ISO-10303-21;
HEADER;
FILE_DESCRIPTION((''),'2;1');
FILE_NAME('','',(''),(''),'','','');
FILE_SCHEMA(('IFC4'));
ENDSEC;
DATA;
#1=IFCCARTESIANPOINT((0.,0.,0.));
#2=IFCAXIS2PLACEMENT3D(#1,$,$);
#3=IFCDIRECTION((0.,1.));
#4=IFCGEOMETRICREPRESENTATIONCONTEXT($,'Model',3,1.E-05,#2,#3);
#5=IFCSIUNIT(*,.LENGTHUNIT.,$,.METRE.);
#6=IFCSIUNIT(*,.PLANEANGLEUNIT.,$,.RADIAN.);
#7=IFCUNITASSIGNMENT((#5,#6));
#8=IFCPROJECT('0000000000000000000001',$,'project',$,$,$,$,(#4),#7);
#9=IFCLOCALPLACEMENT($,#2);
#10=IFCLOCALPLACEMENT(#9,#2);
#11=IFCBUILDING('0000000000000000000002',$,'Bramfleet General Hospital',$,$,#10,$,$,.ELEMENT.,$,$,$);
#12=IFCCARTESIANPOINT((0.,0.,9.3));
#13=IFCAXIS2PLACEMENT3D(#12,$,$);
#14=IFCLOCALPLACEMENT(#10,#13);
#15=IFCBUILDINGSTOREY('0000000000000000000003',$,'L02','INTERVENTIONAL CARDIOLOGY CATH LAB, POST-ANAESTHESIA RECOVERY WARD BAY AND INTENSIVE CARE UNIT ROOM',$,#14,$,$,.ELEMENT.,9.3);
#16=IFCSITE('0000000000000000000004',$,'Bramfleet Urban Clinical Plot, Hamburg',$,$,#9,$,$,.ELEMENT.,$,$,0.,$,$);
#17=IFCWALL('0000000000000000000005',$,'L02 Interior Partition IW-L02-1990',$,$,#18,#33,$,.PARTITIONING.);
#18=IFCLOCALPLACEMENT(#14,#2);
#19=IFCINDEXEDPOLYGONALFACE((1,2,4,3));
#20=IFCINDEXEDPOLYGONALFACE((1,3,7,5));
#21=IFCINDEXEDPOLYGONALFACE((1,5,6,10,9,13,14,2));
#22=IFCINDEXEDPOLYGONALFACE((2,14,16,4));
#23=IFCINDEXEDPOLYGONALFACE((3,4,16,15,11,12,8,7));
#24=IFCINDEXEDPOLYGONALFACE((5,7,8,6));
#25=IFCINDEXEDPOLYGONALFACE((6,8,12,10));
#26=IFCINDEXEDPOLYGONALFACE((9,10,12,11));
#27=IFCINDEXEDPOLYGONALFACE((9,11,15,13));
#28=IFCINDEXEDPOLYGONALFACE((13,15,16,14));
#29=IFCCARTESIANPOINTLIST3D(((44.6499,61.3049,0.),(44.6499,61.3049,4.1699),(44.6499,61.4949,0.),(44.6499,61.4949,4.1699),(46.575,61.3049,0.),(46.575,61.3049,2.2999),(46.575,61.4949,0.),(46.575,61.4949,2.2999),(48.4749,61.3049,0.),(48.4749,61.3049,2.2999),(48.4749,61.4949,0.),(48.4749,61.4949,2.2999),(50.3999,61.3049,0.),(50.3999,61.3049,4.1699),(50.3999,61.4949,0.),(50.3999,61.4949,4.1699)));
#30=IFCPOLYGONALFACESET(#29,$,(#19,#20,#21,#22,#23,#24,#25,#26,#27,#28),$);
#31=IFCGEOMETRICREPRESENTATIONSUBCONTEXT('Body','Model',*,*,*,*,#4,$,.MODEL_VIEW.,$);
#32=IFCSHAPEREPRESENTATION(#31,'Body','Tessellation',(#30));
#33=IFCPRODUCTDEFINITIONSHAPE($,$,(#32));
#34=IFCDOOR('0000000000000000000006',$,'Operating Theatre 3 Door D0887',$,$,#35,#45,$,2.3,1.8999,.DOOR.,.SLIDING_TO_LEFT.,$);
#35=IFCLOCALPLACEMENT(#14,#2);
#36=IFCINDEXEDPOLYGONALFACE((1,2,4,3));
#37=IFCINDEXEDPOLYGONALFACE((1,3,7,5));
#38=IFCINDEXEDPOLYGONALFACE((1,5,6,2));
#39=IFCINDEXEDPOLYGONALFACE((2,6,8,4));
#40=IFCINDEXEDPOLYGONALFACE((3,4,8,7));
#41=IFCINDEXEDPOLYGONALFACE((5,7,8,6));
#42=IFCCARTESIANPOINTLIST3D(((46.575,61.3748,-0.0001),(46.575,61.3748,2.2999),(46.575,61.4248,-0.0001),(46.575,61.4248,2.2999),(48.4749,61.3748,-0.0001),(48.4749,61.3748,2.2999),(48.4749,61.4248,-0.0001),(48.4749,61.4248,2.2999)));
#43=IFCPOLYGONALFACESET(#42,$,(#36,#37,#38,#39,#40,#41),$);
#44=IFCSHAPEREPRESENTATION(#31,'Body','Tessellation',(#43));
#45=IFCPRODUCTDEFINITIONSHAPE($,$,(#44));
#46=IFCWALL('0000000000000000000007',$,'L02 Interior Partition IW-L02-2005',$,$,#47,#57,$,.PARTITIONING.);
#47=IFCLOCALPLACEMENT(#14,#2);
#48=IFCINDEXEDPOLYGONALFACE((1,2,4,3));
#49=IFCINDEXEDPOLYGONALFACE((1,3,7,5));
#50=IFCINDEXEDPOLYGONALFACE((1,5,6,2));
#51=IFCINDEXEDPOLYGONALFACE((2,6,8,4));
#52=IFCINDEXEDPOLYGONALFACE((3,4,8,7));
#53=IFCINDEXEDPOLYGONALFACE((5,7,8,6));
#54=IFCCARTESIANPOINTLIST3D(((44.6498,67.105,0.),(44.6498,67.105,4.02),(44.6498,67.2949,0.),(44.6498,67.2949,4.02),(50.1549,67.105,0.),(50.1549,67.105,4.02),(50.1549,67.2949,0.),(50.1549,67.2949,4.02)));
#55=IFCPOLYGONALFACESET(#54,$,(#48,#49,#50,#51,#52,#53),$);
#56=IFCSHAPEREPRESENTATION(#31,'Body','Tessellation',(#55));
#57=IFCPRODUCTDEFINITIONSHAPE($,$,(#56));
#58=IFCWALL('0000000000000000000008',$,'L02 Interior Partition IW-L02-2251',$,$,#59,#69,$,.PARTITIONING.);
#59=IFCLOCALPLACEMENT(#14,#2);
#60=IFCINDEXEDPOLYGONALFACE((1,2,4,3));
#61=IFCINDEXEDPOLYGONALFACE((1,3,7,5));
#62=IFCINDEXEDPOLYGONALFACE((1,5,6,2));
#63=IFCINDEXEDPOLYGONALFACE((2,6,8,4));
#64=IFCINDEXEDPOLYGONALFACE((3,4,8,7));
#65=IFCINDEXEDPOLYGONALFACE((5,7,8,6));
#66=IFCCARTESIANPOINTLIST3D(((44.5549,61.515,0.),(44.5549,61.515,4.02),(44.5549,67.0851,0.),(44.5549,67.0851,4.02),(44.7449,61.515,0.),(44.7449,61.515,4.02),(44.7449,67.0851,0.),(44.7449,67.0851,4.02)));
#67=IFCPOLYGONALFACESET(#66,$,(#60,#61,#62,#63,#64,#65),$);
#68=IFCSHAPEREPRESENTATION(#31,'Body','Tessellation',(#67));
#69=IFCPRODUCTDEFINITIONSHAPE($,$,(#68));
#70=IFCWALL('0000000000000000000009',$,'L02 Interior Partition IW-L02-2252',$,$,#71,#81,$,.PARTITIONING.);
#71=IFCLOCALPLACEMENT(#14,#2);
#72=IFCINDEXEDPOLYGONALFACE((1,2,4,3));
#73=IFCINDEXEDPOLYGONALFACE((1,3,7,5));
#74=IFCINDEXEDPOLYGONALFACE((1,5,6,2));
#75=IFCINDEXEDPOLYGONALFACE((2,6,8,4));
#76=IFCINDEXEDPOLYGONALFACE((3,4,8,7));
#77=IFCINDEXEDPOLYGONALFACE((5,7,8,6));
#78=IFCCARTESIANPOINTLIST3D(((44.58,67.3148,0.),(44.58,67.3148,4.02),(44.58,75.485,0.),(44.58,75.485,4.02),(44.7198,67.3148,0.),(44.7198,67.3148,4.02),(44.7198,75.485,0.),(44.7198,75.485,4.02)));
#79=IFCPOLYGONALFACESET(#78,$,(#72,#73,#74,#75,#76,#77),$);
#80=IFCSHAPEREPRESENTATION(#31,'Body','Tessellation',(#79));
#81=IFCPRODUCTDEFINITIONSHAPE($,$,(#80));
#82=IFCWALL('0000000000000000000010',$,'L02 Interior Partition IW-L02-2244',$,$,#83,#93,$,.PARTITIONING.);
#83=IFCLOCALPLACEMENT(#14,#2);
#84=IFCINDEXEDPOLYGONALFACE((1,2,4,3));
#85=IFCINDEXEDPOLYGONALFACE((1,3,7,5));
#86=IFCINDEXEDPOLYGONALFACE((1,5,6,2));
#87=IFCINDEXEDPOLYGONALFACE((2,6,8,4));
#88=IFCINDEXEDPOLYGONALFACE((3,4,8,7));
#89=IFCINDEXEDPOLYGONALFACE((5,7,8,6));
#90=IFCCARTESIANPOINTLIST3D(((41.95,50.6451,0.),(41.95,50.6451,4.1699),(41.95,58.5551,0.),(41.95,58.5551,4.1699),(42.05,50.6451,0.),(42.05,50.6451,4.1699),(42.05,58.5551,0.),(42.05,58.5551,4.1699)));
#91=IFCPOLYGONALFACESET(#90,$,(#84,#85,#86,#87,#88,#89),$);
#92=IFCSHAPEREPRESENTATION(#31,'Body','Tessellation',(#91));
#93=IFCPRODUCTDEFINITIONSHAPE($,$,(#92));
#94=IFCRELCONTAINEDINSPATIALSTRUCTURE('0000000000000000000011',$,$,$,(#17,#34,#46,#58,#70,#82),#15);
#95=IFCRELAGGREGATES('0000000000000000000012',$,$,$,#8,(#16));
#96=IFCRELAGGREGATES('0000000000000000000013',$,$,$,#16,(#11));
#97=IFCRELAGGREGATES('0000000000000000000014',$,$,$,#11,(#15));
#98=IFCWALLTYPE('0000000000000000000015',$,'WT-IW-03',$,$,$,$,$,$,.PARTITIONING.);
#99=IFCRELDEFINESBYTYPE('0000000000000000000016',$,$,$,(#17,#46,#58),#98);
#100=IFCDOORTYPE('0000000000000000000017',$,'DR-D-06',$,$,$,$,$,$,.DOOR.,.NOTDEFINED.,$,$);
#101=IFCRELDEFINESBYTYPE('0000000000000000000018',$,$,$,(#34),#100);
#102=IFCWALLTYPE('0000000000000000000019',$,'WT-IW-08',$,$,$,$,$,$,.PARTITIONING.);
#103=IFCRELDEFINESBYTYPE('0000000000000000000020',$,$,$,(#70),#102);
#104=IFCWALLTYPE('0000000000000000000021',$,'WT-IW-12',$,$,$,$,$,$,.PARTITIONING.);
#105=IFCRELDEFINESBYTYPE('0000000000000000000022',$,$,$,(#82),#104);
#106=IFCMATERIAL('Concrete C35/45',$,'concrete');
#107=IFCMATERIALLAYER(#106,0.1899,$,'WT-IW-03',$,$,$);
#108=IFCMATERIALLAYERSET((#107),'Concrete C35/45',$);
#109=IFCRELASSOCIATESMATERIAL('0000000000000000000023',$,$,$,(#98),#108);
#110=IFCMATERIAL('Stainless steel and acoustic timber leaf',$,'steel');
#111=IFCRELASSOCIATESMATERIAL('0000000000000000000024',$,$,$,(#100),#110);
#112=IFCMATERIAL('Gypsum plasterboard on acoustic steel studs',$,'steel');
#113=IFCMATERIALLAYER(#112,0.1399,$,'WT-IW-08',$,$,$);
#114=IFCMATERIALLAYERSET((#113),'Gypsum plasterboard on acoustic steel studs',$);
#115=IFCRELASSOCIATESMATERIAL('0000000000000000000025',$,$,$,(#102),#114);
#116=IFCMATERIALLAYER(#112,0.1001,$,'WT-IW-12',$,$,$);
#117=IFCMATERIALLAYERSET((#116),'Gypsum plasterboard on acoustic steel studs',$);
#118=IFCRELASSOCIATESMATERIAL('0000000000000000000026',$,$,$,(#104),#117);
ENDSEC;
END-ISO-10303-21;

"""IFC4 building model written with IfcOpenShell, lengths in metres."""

from ifc_helpers import new_model, si_unit, direction, frame, frame_2d, origin, place, context, subcontext, project, spatial, rectangle, extrude, material, layer, layer_set, type_object, element, fill, save


model = new_model("IFC4")

# Units and contexts
model_context = context("Model", 3, precision=1e-05, world=origin(), true_north=direction((0.0, 1.0)))
body_context = subcontext(model_context, "Body", "Model", "MODEL_VIEW")
ifc_project = project(units=[si_unit("LENGTHUNIT", "METRE"), si_unit("PLANEANGLEUNIT", "RADIAN")], contexts=[model_context])

# Site, building, storey
site_placement = place(None, origin())
site = spatial("IfcSite", under=ifc_project, at=site_placement, Name="Bramfleet Urban Clinical Plot, Hamburg", CompositionType="ELEMENT", RefElevation=0.0)
building_placement = place(site_placement, origin())
building = spatial("IfcBuilding", under=site, at=building_placement, Name="Bramfleet General Hospital", CompositionType="ELEMENT")
storey_placement = place(building_placement, frame((0.0, 0.0, 9.3)))
storey = spatial("IfcBuildingStorey", under=building, at=storey_placement, Name="L02", Description="INTERVENTIONAL CARDIOLOGY CATH LAB, POST-ANAESTHESIA RECOVERY WARD BAY AND INTENSIVE CARE UNIT ROOM", CompositionType="ELEMENT", Elevation=9.3)

# Shared definitions
ifc_material_1 = material(Name="Concrete C35/45", Category="concrete")

# Wall, opening, door
ifc_layer_1 = layer(ifc_material_1, 0.1899, Name="WT-IW-03")
ifc_layer_set_1 = layer_set([ifc_layer_1], Name="Concrete C35/45")
wall_type_1 = type_object("IfcWallType", Name="WT-IW-03", PredefinedType="PARTITIONING", material=ifc_layer_set_1)
wall_1_placement = place(storey_placement, frame((44.6499, 61.3999, 0.0), z_axis=(0.0, 0.0, 1.0), x_axis=(1.0, 0.0, 0.0)))
wall_1 = element("IfcWall", 1, at=wall_1_placement, inside=storey, type_object=wall_type_1, Name="L02 Interior Partition IW-L02-1990", PredefinedType="PARTITIONING", context=body_context, shape_type="SweptSolid", body=[
    extrude(rectangle(XDim=5.75, YDim=0.1899, at=frame_2d((2.875, 0.0))), origin(), (0.0, 0.0, 1.0), 4.1699),
])
opening_1_placement = place(wall_1_placement, frame((1.925, 0.0, 0.0)))
opening_1 = element("IfcOpeningElement", 2, at=opening_1_placement, cuts=wall_1, PredefinedType="OPENING", context=body_context, shape_type="SweptSolid", body=[
    extrude(rectangle(XDim=1.8999, YDim=2.3, at=frame_2d((0.95, 1.1499))), frame((0.0, 0.105, 0.0), z_axis=(0.0, -1.0, 0.0), x_axis=(1.0, 0.0, 0.0)), (0.0, 0.0, 1.0), 0.21),
])
ifc_material_2 = material(Name="Stainless steel and acoustic timber leaf", Category="steel")
door_type_1 = type_object("IfcDoorType", Name="DR-D-06", OperationType="NOTDEFINED", PredefinedType="DOOR", material=ifc_material_2)
door_1_placement = place(opening_1_placement, origin())
door_1 = element("IfcDoor", 3, at=door_1_placement, inside=storey, type_object=door_type_1, Name="Operating Theatre 3 Door D0887", OperationType="SLIDING_TO_LEFT", OverallHeight=2.3, OverallWidth=1.8999, PredefinedType="DOOR", context=body_context, shape_type="SweptSolid", body=[
    extrude(rectangle(XDim=1.8999, YDim=2.3, at=frame_2d((0.95, 1.1499))), frame((0.0, 0.0249, 0.0), z_axis=(0.0, -1.0, 0.0), x_axis=(1.0, 0.0, 0.0)), (0.0, 0.0, 1.0), 0.05),
])
fill(opening_1, door_1)

# Walls
wall_2_placement = place(storey_placement, frame((44.6499, 67.2, 0.0), z_axis=(0.0, 0.0, 1.0), x_axis=(1.0, 0.0, 0.0)))
element("IfcWall", 4, at=wall_2_placement, inside=storey, type_object=wall_type_1, Name="L02 Interior Partition IW-L02-2005", PredefinedType="PARTITIONING", context=body_context, shape_type="SweptSolid", body=[
    extrude(rectangle(XDim=5.5051, YDim=0.1899, at=frame_2d((2.7524, 0.0))), origin(), (0.0, 0.0, 1.0), 4.02),
])
wall_3_placement = place(storey_placement, frame((44.6499, 61.5149, 0.0), z_axis=(0.0, 0.0, 1.0), x_axis=(0.0, 1.0, 0.0)))
element("IfcWall", 5, at=wall_3_placement, inside=storey, type_object=wall_type_1, Name="L02 Interior Partition IW-L02-2251", PredefinedType="PARTITIONING", context=body_context, shape_type="SweptSolid", body=[
    extrude(rectangle(XDim=5.5701, YDim=0.1899, at=frame_2d((2.7852, 0.0))), origin(), (0.0, 0.0, 1.0), 4.02),
])
ifc_material_3 = material(Name="Gypsum plasterboard on acoustic steel studs", Category="steel")
ifc_layer_2 = layer(ifc_material_3, 0.1399, Name="WT-IW-08")
ifc_layer_set_2 = layer_set([ifc_layer_2], Name="Gypsum plasterboard on acoustic steel studs")
wall_type_2 = type_object("IfcWallType", Name="WT-IW-08", PredefinedType="PARTITIONING", material=ifc_layer_set_2)
wall_4_placement = place(storey_placement, frame((44.6499, 67.3149, 0.0), z_axis=(0.0, 0.0, 1.0), x_axis=(0.0, 1.0, 0.0)))
element("IfcWall", 6, at=wall_4_placement, inside=storey, type_object=wall_type_2, Name="L02 Interior Partition IW-L02-2252", PredefinedType="PARTITIONING", context=body_context, shape_type="SweptSolid", body=[
    extrude(rectangle(XDim=8.1702, YDim=0.1399, at=frame_2d((4.085, 0.0))), origin(), (0.0, 0.0, 1.0), 4.02),
])

# Shared definitions
ifc_layer_3 = layer(ifc_material_3, 0.1001, Name="WT-IW-12")
ifc_layer_set_3 = layer_set([ifc_layer_3], Name="Gypsum plasterboard on acoustic steel studs")
wall_type_3 = type_object("IfcWallType", Name="WT-IW-12", PredefinedType="PARTITIONING", material=ifc_layer_set_3)

# Wall
wall_5_placement = place(storey_placement, frame((42.0, 50.645, 0.0), z_axis=(0.0, 0.0, 1.0), x_axis=(0.0, 1.0, 0.0)))
element("IfcWall", 7, at=wall_5_placement, inside=storey, type_object=wall_type_3, Name="L02 Interior Partition IW-L02-2244", PredefinedType="PARTITIONING", context=body_context, shape_type="SweptSolid", body=[
    extrude(rectangle(XDim=7.9099, YDim=0.1001, at=frame_2d((3.9551, 0.0))), origin(), (0.0, 0.0, 1.0), 4.1699),
])

save(model, "model.ifc")
